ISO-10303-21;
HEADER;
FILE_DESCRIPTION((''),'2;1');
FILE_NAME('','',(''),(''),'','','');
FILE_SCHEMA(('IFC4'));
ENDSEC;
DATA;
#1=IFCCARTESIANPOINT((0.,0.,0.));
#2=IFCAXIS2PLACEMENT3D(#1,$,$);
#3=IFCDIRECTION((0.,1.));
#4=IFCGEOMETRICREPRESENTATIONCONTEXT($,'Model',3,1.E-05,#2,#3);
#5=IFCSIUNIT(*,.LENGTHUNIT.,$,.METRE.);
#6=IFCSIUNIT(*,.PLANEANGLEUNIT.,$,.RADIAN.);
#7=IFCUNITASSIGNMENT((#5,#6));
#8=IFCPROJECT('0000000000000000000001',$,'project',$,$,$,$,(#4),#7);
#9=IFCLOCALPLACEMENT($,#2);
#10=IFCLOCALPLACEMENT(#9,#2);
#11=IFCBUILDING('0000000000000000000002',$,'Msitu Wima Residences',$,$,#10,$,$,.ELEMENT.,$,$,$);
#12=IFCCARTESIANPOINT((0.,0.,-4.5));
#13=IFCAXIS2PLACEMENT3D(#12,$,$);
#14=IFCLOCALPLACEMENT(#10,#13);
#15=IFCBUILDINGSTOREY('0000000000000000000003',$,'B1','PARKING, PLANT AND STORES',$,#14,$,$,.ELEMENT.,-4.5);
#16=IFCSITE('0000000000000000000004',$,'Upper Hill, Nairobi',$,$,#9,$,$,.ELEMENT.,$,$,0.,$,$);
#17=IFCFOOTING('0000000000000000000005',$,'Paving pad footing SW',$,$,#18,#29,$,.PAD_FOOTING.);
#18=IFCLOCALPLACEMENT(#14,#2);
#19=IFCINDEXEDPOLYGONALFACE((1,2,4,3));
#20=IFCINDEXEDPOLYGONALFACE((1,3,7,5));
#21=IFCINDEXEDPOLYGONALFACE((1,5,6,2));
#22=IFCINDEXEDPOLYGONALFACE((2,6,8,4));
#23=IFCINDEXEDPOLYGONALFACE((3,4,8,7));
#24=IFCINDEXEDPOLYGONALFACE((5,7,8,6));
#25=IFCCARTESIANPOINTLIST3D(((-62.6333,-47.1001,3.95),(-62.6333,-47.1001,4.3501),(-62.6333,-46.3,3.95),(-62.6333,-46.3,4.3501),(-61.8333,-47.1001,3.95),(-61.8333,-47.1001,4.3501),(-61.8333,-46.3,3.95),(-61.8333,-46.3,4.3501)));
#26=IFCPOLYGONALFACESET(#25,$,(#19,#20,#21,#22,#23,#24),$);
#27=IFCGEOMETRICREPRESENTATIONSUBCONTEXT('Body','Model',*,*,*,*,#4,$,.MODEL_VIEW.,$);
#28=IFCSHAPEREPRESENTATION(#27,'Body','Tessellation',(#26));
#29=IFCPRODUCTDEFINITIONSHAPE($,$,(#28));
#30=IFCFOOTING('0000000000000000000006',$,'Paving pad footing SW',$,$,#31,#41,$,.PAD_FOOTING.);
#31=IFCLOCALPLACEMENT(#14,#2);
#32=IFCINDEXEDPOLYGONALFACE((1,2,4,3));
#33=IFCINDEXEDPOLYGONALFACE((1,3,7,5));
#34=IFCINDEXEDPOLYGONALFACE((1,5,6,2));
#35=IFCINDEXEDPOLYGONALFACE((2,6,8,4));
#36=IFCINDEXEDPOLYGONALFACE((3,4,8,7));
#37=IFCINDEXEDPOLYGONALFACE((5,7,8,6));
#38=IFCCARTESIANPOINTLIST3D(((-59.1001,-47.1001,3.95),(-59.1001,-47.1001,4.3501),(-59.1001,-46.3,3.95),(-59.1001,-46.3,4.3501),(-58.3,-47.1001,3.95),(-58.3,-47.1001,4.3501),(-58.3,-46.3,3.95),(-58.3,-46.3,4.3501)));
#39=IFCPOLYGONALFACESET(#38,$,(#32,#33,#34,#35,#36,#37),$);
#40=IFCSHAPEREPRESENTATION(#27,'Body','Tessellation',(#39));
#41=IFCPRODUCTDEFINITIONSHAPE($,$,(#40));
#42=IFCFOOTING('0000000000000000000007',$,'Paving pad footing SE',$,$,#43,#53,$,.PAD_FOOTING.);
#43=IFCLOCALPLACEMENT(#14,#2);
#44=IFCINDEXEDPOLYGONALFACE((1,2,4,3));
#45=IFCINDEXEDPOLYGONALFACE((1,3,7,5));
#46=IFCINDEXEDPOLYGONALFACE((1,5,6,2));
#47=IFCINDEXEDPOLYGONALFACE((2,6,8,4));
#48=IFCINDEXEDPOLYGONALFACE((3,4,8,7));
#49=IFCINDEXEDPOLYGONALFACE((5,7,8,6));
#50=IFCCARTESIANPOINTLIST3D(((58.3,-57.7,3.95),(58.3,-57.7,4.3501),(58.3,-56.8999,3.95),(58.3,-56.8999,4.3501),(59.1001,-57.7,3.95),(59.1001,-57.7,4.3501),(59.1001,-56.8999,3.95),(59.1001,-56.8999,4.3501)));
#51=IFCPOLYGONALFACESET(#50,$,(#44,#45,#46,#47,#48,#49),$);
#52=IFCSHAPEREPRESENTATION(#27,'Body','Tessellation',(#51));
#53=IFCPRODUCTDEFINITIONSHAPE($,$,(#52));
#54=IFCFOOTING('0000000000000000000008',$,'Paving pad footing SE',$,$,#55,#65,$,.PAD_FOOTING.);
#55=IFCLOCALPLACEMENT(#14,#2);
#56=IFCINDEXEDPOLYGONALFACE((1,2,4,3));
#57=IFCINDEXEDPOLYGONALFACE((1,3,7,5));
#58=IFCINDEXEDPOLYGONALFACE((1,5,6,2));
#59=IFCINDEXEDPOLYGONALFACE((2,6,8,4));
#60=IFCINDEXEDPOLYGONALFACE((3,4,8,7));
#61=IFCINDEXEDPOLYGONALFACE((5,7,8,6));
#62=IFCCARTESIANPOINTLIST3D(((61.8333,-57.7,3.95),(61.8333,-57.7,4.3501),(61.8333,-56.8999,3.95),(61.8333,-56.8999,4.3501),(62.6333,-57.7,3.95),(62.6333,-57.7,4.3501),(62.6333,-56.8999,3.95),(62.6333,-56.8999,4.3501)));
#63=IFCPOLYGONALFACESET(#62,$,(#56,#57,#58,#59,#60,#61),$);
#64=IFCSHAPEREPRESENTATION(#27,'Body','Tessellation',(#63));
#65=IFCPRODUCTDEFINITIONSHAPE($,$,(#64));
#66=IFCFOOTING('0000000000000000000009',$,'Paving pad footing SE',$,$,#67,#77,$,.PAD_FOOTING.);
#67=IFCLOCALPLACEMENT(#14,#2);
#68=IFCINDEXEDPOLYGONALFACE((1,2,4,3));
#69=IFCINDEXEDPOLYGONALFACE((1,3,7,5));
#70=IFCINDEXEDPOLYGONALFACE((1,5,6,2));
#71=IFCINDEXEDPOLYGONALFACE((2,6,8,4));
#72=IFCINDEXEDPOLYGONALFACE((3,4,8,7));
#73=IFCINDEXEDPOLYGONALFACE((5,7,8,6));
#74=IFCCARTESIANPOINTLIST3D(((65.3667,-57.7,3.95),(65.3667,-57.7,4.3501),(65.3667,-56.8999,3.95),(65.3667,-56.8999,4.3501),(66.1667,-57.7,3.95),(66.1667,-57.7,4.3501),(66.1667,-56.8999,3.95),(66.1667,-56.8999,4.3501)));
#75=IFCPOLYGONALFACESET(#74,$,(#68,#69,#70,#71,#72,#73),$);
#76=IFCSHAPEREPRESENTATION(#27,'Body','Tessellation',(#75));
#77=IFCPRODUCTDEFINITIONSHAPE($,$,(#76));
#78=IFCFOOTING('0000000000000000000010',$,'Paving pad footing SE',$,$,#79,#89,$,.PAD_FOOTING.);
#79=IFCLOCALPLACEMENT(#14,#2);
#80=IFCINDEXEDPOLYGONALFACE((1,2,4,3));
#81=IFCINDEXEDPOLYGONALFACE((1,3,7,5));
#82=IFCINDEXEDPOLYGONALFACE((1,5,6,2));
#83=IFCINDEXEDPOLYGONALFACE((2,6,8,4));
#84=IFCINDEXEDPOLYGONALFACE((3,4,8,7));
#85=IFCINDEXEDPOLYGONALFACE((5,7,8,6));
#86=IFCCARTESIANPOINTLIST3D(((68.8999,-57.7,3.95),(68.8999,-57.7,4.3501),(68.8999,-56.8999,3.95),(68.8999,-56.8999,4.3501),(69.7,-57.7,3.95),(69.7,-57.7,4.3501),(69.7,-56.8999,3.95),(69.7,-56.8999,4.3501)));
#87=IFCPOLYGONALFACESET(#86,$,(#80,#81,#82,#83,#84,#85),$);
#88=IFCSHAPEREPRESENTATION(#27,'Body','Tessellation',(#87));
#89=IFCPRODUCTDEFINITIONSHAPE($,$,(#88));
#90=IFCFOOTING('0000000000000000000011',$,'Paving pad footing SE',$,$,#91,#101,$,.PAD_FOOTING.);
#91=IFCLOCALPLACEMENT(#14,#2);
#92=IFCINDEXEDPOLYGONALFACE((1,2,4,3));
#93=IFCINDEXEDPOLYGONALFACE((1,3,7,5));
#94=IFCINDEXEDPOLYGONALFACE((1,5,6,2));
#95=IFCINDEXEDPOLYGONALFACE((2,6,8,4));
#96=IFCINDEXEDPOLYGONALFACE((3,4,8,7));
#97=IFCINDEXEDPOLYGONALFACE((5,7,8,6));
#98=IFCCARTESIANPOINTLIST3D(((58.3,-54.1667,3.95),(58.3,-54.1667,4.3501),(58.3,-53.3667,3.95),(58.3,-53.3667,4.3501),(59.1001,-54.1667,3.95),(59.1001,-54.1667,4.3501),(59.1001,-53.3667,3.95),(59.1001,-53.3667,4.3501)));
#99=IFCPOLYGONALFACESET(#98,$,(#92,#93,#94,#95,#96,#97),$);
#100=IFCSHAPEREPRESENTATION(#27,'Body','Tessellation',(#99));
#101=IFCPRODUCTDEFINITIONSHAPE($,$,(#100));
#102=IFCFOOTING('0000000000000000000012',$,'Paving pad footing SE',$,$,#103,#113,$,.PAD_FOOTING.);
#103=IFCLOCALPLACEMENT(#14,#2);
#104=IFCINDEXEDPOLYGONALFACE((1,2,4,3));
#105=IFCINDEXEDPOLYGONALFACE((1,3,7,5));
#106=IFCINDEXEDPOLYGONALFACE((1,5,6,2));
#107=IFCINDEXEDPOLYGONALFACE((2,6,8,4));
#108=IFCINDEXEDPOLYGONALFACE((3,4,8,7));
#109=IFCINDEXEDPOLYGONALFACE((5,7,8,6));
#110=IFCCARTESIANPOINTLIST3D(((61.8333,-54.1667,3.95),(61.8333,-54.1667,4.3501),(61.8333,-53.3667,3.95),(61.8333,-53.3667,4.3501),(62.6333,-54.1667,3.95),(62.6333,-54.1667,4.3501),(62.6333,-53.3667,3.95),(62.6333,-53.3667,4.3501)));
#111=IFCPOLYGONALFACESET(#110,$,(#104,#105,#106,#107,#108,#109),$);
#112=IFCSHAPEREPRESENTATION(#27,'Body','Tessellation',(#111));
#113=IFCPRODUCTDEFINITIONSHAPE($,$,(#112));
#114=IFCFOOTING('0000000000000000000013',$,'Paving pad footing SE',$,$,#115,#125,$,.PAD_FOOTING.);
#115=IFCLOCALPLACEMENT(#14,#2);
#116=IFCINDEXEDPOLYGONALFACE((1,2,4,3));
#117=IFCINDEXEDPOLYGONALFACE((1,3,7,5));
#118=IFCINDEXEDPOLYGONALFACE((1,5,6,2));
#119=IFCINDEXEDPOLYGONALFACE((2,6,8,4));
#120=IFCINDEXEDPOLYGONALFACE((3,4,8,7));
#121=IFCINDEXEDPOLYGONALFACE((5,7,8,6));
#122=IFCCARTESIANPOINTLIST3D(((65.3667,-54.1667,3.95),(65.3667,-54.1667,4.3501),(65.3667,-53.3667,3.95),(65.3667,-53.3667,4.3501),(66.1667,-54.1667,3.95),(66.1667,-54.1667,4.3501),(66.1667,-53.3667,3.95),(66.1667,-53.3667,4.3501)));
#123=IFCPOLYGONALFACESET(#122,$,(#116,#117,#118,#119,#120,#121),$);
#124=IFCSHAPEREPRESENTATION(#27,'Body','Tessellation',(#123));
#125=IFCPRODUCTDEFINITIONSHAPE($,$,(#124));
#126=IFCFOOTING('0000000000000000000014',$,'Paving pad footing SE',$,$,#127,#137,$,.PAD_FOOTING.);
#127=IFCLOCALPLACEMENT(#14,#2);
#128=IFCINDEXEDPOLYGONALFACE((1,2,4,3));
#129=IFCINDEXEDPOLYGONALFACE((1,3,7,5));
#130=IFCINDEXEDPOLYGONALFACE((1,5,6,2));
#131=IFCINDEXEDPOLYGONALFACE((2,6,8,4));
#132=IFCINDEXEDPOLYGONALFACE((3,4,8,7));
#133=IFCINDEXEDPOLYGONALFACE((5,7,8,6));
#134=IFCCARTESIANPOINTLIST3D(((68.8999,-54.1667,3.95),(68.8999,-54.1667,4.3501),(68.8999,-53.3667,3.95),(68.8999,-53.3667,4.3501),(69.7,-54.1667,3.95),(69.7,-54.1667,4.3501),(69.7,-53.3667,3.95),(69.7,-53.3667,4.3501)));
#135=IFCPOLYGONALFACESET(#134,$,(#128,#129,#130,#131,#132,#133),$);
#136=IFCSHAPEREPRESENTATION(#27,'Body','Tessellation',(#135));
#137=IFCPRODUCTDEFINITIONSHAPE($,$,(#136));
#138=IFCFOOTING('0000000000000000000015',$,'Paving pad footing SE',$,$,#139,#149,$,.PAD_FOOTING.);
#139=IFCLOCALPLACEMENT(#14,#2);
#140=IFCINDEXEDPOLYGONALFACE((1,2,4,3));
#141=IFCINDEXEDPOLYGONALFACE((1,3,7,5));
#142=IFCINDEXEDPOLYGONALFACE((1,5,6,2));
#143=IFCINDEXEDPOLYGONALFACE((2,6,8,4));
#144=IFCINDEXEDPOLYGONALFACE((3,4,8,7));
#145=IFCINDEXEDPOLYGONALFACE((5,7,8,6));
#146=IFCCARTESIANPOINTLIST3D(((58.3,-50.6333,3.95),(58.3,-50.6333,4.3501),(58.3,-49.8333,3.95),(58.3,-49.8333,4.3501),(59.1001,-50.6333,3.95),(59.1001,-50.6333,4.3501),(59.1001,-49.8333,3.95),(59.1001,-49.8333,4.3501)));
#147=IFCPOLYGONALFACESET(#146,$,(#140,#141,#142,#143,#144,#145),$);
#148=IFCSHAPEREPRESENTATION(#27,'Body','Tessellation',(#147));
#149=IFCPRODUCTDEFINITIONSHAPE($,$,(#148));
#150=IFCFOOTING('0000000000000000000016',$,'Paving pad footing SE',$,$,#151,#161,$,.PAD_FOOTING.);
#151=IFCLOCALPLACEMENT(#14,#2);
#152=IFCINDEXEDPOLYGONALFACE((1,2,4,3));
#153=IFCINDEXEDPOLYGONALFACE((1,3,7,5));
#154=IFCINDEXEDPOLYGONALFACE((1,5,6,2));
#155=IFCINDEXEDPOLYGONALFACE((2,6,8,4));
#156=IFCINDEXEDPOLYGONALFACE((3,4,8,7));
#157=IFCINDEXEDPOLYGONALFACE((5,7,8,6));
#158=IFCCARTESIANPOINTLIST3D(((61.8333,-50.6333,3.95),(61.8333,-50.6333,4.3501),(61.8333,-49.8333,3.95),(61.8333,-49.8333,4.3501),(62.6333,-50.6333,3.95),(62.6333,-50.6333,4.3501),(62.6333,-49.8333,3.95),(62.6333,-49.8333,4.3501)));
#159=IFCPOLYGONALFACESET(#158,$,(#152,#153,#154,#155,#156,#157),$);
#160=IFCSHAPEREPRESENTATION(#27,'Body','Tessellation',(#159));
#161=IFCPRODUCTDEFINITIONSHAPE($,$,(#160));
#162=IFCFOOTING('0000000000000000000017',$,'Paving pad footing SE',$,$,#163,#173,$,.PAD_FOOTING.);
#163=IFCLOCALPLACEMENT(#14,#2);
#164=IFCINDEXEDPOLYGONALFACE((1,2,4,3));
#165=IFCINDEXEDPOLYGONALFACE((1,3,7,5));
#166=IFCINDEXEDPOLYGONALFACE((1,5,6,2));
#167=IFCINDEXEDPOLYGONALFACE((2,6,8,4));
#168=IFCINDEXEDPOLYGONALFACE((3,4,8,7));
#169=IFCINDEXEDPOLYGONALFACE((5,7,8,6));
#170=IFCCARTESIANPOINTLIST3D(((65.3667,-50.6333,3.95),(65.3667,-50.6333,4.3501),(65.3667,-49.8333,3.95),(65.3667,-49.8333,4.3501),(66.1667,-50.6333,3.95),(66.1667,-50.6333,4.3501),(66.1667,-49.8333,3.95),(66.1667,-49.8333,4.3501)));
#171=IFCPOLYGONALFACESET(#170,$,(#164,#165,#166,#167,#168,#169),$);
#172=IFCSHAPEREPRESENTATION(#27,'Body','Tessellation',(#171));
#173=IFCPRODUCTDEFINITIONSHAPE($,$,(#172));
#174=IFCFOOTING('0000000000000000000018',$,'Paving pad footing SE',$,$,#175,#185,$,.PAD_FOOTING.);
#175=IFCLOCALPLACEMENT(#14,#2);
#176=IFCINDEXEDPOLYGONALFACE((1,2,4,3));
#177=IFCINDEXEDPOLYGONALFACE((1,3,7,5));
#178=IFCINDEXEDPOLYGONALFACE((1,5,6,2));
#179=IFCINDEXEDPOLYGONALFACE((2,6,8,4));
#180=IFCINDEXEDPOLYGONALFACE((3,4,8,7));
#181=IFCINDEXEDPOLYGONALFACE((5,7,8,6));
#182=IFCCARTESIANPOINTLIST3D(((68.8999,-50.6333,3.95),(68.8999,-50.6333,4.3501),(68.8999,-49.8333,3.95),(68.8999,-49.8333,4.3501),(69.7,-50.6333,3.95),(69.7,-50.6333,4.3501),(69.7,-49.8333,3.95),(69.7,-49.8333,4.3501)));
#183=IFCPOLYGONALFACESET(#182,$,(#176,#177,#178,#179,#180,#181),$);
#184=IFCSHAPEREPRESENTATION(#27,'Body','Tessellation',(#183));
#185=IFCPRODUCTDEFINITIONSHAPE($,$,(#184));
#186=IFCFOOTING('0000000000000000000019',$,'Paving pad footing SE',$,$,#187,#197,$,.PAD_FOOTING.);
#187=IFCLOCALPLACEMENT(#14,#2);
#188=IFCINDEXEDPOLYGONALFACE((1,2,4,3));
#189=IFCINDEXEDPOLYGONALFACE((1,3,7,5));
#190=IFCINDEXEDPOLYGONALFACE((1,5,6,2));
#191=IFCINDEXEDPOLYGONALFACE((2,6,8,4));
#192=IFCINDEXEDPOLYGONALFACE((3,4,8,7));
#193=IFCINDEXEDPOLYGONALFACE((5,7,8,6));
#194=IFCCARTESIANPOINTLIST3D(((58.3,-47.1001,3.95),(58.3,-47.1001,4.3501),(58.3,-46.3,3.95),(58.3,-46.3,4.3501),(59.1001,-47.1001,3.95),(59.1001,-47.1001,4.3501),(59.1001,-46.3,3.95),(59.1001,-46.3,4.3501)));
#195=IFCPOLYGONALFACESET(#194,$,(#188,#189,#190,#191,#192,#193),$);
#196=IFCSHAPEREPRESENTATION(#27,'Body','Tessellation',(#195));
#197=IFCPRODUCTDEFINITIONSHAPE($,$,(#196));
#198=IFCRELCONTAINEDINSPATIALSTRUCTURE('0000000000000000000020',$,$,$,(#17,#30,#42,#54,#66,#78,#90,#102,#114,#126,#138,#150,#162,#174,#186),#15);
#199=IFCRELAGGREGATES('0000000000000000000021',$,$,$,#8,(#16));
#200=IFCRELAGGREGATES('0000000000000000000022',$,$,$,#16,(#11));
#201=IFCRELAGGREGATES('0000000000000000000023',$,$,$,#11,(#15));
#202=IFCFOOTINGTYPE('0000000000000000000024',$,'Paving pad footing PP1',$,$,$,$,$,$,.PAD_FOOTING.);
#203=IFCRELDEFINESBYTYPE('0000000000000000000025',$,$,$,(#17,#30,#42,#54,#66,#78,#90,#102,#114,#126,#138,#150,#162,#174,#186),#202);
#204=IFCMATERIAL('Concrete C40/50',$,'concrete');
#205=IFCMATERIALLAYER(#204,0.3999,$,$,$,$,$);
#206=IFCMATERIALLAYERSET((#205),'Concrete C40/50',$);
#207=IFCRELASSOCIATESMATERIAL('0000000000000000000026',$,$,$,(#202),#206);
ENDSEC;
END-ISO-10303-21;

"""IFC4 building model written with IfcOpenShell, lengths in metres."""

from ifc_helpers import new_model, si_unit, direction, frame, origin, place, context, subcontext, project, spatial, polyline, outline, extrude, material, layer, layer_set, type_object, element, save


model = new_model("IFC4")

# Units and contexts
model_context = context("Model", 3, precision=1e-05, world=origin(), true_north=direction((0.0, 1.0)))
body_context = subcontext(model_context, "Body", "Model", "MODEL_VIEW")
ifc_project = project(units=[si_unit("LENGTHUNIT", "METRE"), si_unit("PLANEANGLEUNIT", "RADIAN")], contexts=[model_context])

# Site, building, storey
site_placement = place(None, origin())
site = spatial("IfcSite", under=ifc_project, at=site_placement, Name="Upper Hill, Nairobi", CompositionType="ELEMENT", RefElevation=0.0)
building_placement = place(site_placement, origin())
building = spatial("IfcBuilding", under=site, at=building_placement, Name="Msitu Wima Residences", CompositionType="ELEMENT")
storey_placement = place(building_placement, frame((0.0, 0.0, -4.5)))
storey = spatial("IfcBuildingStorey", under=building, at=storey_placement, Name="B1", Description="PARKING, PLANT AND STORES", CompositionType="ELEMENT", Elevation=-4.5)

# Footings
ifc_material_1 = material(Name="Concrete C40/50", Category="concrete")
ifc_layer_1 = layer(ifc_material_1, 0.3999)
ifc_layer_set_1 = layer_set([ifc_layer_1], Name="Concrete C40/50")
footing_type = type_object("IfcFootingType", Name="Paving pad footing PP1", PredefinedType="PAD_FOOTING", material=ifc_layer_set_1)
footing_1_placement = place(storey_placement, frame((0.0, 0.0, 3.95)))
element("IfcFooting", 1, at=footing_1_placement, inside=storey, type_object=footing_type, Name="Paving pad footing SW", PredefinedType="PAD_FOOTING", context=body_context, shape_type="SweptSolid", body=[
    extrude(outline(polyline([(-61.8333, -47.1001), (-61.8333, -46.3), (-62.6333, -46.3), (-62.6333, -47.1001), (-61.8333, -47.1001)])), origin(), (0.0, 0.0, 1.0), 0.4001),
])
footing_2_placement = place(storey_placement, frame((0.0, 0.0, 3.95)))
element("IfcFooting", 2, at=footing_2_placement, inside=storey, type_object=footing_type, Name="Paving pad footing SW", PredefinedType="PAD_FOOTING", context=body_context, shape_type="SweptSolid", body=[
    extrude(outline(polyline([(-58.3, -47.1001), (-58.3, -46.3), (-59.1001, -46.3), (-59.1001, -47.1001), (-58.3, -47.1001)])), origin(), (0.0, 0.0, 1.0), 0.4001),
])
footing_3_placement = place(storey_placement, frame((0.0, 0.0, 3.95)))
element("IfcFooting", 3, at=footing_3_placement, inside=storey, type_object=footing_type, Name="Paving pad footing SE", PredefinedType="PAD_FOOTING", context=body_context, shape_type="SweptSolid", body=[
    extrude(outline(polyline([(59.1001, -57.7), (59.1001, -56.8999), (58.3, -56.8999), (58.3, -57.7), (59.1001, -57.7)])), origin(), (0.0, 0.0, 1.0), 0.4001),
])
footing_4_placement = place(storey_placement, frame((0.0, 0.0, 3.95)))
element("IfcFooting", 4, at=footing_4_placement, inside=storey, type_object=footing_type, Name="Paving pad footing SE", PredefinedType="PAD_FOOTING", context=body_context, shape_type="SweptSolid", body=[
    extrude(outline(polyline([(62.6333, -57.7), (62.6333, -56.8999), (61.8333, -56.8999), (61.8333, -57.7), (62.6333, -57.7)])), origin(), (0.0, 0.0, 1.0), 0.4001),
])
footing_5_placement = place(storey_placement, frame((0.0, 0.0, 3.95)))
element("IfcFooting", 5, at=footing_5_placement, inside=storey, type_object=footing_type, Name="Paving pad footing SE", PredefinedType="PAD_FOOTING", context=body_context, shape_type="SweptSolid", body=[
    extrude(outline(polyline([(66.1667, -57.7), (66.1667, -56.8999), (65.3667, -56.8999), (65.3667, -57.7), (66.1667, -57.7)])), origin(), (0.0, 0.0, 1.0), 0.4001),
])
footing_6_placement = place(storey_placement, frame((0.0, 0.0, 3.95)))
element("IfcFooting", 6, at=footing_6_placement, inside=storey, type_object=footing_type, Name="Paving pad footing SE", PredefinedType="PAD_FOOTING", context=body_context, shape_type="SweptSolid", body=[
    extrude(outline(polyline([(69.7, -57.7), (69.7, -56.8999), (68.8999, -56.8999), (68.8999, -57.7), (69.7, -57.7)])), origin(), (0.0, 0.0, 1.0), 0.4001),
])
footing_7_placement = place(storey_placement, frame((0.0, 0.0, 3.95)))
element("IfcFooting", 7, at=footing_7_placement, inside=storey, type_object=footing_type, Name="Paving pad footing SE", PredefinedType="PAD_FOOTING", context=body_context, shape_type="SweptSolid", body=[
    extrude(outline(polyline([(59.1001, -54.1667), (59.1001, -53.3667), (58.3, -53.3667), (58.3, -54.1667), (59.1001, -54.1667)])), origin(), (0.0, 0.0, 1.0), 0.4001),
])
footing_8_placement = place(storey_placement, frame((0.0, 0.0, 3.95)))
element("IfcFooting", 8, at=footing_8_placement, inside=storey, type_object=footing_type, Name="Paving pad footing SE", PredefinedType="PAD_FOOTING", context=body_context, shape_type="SweptSolid", body=[
    extrude(outline(polyline([(62.6333, -54.1667), (62.6333, -53.3667), (61.8333, -53.3667), (61.8333, -54.1667), (62.6333, -54.1667)])), origin(), (0.0, 0.0, 1.0), 0.4001),
])
footing_9_placement = place(storey_placement, frame((0.0, 0.0, 3.95)))
element("IfcFooting", 9, at=footing_9_placement, inside=storey, type_object=footing_type, Name="Paving pad footing SE", PredefinedType="PAD_FOOTING", context=body_context, shape_type="SweptSolid", body=[
    extrude(outline(polyline([(66.1667, -54.1667), (66.1667, -53.3667), (65.3667, -53.3667), (65.3667, -54.1667), (66.1667, -54.1667)])), origin(), (0.0, 0.0, 1.0), 0.4001),
])
footing_10_placement = place(storey_placement, frame((0.0, 0.0, 3.95)))
element("IfcFooting", 10, at=footing_10_placement, inside=storey, type_object=footing_type, Name="Paving pad footing SE", PredefinedType="PAD_FOOTING", context=body_context, shape_type="SweptSolid", body=[
    extrude(outline(polyline([(69.7, -54.1667), (69.7, -53.3667), (68.8999, -53.3667), (68.8999, -54.1667), (69.7, -54.1667)])), origin(), (0.0, 0.0, 1.0), 0.4001),
])
footing_11_placement = place(storey_placement, frame((0.0, 0.0, 3.95)))
element("IfcFooting", 11, at=footing_11_placement, inside=storey, type_object=footing_type, Name="Paving pad footing SE", PredefinedType="PAD_FOOTING", context=body_context, shape_type="SweptSolid", body=[
    extrude(outline(polyline([(59.1001, -50.6333), (59.1001, -49.8333), (58.3, -49.8333), (58.3, -50.6333), (59.1001, -50.6333)])), origin(), (0.0, 0.0, 1.0), 0.4001),
])
footing_12_placement = place(storey_placement, frame((0.0, 0.0, 3.95)))
element("IfcFooting", 12, at=footing_12_placement, inside=storey, type_object=footing_type, Name="Paving pad footing SE", PredefinedType="PAD_FOOTING", context=body_context, shape_type="SweptSolid", body=[
    extrude(outline(polyline([(62.6333, -50.6333), (62.6333, -49.8333), (61.8333, -49.8333), (61.8333, -50.6333), (62.6333, -50.6333)])), origin(), (0.0, 0.0, 1.0), 0.4001),
])
footing_13_placement = place(storey_placement, frame((0.0, 0.0, 3.95)))
element("IfcFooting", 13, at=footing_13_placement, inside=storey, type_object=footing_type, Name="Paving pad footing SE", PredefinedType="PAD_FOOTING", context=body_context, shape_type="SweptSolid", body=[
    extrude(outline(polyline([(66.1667, -50.6333), (66.1667, -49.8333), (65.3667, -49.8333), (65.3667, -50.6333), (66.1667, -50.6333)])), origin(), (0.0, 0.0, 1.0), 0.4001),
])
footing_14_placement = place(storey_placement, frame((0.0, 0.0, 3.95)))
element("IfcFooting", 14, at=footing_14_placement, inside=storey, type_object=footing_type, Name="Paving pad footing SE", PredefinedType="PAD_FOOTING", context=body_context, shape_type="SweptSolid", body=[
    extrude(outline(polyline([(69.7, -50.6333), (69.7, -49.8333), (68.8999, -49.8333), (68.8999, -50.6333), (69.7, -50.6333)])), origin(), (0.0, 0.0, 1.0), 0.4001),
])
footing_15_placement = place(storey_placement, frame((0.0, 0.0, 3.95)))
element("IfcFooting", 15, at=footing_15_placement, inside=storey, type_object=footing_type, Name="Paving pad footing SE", PredefinedType="PAD_FOOTING", context=body_context, shape_type="SweptSolid", body=[
    extrude(outline(polyline([(59.1001, -47.1001), (59.1001, -46.3), (58.3, -46.3), (58.3, -47.1001), (59.1001, -47.1001)])), origin(), (0.0, 0.0, 1.0), 0.4001),
])

save(model, "model.ifc")
